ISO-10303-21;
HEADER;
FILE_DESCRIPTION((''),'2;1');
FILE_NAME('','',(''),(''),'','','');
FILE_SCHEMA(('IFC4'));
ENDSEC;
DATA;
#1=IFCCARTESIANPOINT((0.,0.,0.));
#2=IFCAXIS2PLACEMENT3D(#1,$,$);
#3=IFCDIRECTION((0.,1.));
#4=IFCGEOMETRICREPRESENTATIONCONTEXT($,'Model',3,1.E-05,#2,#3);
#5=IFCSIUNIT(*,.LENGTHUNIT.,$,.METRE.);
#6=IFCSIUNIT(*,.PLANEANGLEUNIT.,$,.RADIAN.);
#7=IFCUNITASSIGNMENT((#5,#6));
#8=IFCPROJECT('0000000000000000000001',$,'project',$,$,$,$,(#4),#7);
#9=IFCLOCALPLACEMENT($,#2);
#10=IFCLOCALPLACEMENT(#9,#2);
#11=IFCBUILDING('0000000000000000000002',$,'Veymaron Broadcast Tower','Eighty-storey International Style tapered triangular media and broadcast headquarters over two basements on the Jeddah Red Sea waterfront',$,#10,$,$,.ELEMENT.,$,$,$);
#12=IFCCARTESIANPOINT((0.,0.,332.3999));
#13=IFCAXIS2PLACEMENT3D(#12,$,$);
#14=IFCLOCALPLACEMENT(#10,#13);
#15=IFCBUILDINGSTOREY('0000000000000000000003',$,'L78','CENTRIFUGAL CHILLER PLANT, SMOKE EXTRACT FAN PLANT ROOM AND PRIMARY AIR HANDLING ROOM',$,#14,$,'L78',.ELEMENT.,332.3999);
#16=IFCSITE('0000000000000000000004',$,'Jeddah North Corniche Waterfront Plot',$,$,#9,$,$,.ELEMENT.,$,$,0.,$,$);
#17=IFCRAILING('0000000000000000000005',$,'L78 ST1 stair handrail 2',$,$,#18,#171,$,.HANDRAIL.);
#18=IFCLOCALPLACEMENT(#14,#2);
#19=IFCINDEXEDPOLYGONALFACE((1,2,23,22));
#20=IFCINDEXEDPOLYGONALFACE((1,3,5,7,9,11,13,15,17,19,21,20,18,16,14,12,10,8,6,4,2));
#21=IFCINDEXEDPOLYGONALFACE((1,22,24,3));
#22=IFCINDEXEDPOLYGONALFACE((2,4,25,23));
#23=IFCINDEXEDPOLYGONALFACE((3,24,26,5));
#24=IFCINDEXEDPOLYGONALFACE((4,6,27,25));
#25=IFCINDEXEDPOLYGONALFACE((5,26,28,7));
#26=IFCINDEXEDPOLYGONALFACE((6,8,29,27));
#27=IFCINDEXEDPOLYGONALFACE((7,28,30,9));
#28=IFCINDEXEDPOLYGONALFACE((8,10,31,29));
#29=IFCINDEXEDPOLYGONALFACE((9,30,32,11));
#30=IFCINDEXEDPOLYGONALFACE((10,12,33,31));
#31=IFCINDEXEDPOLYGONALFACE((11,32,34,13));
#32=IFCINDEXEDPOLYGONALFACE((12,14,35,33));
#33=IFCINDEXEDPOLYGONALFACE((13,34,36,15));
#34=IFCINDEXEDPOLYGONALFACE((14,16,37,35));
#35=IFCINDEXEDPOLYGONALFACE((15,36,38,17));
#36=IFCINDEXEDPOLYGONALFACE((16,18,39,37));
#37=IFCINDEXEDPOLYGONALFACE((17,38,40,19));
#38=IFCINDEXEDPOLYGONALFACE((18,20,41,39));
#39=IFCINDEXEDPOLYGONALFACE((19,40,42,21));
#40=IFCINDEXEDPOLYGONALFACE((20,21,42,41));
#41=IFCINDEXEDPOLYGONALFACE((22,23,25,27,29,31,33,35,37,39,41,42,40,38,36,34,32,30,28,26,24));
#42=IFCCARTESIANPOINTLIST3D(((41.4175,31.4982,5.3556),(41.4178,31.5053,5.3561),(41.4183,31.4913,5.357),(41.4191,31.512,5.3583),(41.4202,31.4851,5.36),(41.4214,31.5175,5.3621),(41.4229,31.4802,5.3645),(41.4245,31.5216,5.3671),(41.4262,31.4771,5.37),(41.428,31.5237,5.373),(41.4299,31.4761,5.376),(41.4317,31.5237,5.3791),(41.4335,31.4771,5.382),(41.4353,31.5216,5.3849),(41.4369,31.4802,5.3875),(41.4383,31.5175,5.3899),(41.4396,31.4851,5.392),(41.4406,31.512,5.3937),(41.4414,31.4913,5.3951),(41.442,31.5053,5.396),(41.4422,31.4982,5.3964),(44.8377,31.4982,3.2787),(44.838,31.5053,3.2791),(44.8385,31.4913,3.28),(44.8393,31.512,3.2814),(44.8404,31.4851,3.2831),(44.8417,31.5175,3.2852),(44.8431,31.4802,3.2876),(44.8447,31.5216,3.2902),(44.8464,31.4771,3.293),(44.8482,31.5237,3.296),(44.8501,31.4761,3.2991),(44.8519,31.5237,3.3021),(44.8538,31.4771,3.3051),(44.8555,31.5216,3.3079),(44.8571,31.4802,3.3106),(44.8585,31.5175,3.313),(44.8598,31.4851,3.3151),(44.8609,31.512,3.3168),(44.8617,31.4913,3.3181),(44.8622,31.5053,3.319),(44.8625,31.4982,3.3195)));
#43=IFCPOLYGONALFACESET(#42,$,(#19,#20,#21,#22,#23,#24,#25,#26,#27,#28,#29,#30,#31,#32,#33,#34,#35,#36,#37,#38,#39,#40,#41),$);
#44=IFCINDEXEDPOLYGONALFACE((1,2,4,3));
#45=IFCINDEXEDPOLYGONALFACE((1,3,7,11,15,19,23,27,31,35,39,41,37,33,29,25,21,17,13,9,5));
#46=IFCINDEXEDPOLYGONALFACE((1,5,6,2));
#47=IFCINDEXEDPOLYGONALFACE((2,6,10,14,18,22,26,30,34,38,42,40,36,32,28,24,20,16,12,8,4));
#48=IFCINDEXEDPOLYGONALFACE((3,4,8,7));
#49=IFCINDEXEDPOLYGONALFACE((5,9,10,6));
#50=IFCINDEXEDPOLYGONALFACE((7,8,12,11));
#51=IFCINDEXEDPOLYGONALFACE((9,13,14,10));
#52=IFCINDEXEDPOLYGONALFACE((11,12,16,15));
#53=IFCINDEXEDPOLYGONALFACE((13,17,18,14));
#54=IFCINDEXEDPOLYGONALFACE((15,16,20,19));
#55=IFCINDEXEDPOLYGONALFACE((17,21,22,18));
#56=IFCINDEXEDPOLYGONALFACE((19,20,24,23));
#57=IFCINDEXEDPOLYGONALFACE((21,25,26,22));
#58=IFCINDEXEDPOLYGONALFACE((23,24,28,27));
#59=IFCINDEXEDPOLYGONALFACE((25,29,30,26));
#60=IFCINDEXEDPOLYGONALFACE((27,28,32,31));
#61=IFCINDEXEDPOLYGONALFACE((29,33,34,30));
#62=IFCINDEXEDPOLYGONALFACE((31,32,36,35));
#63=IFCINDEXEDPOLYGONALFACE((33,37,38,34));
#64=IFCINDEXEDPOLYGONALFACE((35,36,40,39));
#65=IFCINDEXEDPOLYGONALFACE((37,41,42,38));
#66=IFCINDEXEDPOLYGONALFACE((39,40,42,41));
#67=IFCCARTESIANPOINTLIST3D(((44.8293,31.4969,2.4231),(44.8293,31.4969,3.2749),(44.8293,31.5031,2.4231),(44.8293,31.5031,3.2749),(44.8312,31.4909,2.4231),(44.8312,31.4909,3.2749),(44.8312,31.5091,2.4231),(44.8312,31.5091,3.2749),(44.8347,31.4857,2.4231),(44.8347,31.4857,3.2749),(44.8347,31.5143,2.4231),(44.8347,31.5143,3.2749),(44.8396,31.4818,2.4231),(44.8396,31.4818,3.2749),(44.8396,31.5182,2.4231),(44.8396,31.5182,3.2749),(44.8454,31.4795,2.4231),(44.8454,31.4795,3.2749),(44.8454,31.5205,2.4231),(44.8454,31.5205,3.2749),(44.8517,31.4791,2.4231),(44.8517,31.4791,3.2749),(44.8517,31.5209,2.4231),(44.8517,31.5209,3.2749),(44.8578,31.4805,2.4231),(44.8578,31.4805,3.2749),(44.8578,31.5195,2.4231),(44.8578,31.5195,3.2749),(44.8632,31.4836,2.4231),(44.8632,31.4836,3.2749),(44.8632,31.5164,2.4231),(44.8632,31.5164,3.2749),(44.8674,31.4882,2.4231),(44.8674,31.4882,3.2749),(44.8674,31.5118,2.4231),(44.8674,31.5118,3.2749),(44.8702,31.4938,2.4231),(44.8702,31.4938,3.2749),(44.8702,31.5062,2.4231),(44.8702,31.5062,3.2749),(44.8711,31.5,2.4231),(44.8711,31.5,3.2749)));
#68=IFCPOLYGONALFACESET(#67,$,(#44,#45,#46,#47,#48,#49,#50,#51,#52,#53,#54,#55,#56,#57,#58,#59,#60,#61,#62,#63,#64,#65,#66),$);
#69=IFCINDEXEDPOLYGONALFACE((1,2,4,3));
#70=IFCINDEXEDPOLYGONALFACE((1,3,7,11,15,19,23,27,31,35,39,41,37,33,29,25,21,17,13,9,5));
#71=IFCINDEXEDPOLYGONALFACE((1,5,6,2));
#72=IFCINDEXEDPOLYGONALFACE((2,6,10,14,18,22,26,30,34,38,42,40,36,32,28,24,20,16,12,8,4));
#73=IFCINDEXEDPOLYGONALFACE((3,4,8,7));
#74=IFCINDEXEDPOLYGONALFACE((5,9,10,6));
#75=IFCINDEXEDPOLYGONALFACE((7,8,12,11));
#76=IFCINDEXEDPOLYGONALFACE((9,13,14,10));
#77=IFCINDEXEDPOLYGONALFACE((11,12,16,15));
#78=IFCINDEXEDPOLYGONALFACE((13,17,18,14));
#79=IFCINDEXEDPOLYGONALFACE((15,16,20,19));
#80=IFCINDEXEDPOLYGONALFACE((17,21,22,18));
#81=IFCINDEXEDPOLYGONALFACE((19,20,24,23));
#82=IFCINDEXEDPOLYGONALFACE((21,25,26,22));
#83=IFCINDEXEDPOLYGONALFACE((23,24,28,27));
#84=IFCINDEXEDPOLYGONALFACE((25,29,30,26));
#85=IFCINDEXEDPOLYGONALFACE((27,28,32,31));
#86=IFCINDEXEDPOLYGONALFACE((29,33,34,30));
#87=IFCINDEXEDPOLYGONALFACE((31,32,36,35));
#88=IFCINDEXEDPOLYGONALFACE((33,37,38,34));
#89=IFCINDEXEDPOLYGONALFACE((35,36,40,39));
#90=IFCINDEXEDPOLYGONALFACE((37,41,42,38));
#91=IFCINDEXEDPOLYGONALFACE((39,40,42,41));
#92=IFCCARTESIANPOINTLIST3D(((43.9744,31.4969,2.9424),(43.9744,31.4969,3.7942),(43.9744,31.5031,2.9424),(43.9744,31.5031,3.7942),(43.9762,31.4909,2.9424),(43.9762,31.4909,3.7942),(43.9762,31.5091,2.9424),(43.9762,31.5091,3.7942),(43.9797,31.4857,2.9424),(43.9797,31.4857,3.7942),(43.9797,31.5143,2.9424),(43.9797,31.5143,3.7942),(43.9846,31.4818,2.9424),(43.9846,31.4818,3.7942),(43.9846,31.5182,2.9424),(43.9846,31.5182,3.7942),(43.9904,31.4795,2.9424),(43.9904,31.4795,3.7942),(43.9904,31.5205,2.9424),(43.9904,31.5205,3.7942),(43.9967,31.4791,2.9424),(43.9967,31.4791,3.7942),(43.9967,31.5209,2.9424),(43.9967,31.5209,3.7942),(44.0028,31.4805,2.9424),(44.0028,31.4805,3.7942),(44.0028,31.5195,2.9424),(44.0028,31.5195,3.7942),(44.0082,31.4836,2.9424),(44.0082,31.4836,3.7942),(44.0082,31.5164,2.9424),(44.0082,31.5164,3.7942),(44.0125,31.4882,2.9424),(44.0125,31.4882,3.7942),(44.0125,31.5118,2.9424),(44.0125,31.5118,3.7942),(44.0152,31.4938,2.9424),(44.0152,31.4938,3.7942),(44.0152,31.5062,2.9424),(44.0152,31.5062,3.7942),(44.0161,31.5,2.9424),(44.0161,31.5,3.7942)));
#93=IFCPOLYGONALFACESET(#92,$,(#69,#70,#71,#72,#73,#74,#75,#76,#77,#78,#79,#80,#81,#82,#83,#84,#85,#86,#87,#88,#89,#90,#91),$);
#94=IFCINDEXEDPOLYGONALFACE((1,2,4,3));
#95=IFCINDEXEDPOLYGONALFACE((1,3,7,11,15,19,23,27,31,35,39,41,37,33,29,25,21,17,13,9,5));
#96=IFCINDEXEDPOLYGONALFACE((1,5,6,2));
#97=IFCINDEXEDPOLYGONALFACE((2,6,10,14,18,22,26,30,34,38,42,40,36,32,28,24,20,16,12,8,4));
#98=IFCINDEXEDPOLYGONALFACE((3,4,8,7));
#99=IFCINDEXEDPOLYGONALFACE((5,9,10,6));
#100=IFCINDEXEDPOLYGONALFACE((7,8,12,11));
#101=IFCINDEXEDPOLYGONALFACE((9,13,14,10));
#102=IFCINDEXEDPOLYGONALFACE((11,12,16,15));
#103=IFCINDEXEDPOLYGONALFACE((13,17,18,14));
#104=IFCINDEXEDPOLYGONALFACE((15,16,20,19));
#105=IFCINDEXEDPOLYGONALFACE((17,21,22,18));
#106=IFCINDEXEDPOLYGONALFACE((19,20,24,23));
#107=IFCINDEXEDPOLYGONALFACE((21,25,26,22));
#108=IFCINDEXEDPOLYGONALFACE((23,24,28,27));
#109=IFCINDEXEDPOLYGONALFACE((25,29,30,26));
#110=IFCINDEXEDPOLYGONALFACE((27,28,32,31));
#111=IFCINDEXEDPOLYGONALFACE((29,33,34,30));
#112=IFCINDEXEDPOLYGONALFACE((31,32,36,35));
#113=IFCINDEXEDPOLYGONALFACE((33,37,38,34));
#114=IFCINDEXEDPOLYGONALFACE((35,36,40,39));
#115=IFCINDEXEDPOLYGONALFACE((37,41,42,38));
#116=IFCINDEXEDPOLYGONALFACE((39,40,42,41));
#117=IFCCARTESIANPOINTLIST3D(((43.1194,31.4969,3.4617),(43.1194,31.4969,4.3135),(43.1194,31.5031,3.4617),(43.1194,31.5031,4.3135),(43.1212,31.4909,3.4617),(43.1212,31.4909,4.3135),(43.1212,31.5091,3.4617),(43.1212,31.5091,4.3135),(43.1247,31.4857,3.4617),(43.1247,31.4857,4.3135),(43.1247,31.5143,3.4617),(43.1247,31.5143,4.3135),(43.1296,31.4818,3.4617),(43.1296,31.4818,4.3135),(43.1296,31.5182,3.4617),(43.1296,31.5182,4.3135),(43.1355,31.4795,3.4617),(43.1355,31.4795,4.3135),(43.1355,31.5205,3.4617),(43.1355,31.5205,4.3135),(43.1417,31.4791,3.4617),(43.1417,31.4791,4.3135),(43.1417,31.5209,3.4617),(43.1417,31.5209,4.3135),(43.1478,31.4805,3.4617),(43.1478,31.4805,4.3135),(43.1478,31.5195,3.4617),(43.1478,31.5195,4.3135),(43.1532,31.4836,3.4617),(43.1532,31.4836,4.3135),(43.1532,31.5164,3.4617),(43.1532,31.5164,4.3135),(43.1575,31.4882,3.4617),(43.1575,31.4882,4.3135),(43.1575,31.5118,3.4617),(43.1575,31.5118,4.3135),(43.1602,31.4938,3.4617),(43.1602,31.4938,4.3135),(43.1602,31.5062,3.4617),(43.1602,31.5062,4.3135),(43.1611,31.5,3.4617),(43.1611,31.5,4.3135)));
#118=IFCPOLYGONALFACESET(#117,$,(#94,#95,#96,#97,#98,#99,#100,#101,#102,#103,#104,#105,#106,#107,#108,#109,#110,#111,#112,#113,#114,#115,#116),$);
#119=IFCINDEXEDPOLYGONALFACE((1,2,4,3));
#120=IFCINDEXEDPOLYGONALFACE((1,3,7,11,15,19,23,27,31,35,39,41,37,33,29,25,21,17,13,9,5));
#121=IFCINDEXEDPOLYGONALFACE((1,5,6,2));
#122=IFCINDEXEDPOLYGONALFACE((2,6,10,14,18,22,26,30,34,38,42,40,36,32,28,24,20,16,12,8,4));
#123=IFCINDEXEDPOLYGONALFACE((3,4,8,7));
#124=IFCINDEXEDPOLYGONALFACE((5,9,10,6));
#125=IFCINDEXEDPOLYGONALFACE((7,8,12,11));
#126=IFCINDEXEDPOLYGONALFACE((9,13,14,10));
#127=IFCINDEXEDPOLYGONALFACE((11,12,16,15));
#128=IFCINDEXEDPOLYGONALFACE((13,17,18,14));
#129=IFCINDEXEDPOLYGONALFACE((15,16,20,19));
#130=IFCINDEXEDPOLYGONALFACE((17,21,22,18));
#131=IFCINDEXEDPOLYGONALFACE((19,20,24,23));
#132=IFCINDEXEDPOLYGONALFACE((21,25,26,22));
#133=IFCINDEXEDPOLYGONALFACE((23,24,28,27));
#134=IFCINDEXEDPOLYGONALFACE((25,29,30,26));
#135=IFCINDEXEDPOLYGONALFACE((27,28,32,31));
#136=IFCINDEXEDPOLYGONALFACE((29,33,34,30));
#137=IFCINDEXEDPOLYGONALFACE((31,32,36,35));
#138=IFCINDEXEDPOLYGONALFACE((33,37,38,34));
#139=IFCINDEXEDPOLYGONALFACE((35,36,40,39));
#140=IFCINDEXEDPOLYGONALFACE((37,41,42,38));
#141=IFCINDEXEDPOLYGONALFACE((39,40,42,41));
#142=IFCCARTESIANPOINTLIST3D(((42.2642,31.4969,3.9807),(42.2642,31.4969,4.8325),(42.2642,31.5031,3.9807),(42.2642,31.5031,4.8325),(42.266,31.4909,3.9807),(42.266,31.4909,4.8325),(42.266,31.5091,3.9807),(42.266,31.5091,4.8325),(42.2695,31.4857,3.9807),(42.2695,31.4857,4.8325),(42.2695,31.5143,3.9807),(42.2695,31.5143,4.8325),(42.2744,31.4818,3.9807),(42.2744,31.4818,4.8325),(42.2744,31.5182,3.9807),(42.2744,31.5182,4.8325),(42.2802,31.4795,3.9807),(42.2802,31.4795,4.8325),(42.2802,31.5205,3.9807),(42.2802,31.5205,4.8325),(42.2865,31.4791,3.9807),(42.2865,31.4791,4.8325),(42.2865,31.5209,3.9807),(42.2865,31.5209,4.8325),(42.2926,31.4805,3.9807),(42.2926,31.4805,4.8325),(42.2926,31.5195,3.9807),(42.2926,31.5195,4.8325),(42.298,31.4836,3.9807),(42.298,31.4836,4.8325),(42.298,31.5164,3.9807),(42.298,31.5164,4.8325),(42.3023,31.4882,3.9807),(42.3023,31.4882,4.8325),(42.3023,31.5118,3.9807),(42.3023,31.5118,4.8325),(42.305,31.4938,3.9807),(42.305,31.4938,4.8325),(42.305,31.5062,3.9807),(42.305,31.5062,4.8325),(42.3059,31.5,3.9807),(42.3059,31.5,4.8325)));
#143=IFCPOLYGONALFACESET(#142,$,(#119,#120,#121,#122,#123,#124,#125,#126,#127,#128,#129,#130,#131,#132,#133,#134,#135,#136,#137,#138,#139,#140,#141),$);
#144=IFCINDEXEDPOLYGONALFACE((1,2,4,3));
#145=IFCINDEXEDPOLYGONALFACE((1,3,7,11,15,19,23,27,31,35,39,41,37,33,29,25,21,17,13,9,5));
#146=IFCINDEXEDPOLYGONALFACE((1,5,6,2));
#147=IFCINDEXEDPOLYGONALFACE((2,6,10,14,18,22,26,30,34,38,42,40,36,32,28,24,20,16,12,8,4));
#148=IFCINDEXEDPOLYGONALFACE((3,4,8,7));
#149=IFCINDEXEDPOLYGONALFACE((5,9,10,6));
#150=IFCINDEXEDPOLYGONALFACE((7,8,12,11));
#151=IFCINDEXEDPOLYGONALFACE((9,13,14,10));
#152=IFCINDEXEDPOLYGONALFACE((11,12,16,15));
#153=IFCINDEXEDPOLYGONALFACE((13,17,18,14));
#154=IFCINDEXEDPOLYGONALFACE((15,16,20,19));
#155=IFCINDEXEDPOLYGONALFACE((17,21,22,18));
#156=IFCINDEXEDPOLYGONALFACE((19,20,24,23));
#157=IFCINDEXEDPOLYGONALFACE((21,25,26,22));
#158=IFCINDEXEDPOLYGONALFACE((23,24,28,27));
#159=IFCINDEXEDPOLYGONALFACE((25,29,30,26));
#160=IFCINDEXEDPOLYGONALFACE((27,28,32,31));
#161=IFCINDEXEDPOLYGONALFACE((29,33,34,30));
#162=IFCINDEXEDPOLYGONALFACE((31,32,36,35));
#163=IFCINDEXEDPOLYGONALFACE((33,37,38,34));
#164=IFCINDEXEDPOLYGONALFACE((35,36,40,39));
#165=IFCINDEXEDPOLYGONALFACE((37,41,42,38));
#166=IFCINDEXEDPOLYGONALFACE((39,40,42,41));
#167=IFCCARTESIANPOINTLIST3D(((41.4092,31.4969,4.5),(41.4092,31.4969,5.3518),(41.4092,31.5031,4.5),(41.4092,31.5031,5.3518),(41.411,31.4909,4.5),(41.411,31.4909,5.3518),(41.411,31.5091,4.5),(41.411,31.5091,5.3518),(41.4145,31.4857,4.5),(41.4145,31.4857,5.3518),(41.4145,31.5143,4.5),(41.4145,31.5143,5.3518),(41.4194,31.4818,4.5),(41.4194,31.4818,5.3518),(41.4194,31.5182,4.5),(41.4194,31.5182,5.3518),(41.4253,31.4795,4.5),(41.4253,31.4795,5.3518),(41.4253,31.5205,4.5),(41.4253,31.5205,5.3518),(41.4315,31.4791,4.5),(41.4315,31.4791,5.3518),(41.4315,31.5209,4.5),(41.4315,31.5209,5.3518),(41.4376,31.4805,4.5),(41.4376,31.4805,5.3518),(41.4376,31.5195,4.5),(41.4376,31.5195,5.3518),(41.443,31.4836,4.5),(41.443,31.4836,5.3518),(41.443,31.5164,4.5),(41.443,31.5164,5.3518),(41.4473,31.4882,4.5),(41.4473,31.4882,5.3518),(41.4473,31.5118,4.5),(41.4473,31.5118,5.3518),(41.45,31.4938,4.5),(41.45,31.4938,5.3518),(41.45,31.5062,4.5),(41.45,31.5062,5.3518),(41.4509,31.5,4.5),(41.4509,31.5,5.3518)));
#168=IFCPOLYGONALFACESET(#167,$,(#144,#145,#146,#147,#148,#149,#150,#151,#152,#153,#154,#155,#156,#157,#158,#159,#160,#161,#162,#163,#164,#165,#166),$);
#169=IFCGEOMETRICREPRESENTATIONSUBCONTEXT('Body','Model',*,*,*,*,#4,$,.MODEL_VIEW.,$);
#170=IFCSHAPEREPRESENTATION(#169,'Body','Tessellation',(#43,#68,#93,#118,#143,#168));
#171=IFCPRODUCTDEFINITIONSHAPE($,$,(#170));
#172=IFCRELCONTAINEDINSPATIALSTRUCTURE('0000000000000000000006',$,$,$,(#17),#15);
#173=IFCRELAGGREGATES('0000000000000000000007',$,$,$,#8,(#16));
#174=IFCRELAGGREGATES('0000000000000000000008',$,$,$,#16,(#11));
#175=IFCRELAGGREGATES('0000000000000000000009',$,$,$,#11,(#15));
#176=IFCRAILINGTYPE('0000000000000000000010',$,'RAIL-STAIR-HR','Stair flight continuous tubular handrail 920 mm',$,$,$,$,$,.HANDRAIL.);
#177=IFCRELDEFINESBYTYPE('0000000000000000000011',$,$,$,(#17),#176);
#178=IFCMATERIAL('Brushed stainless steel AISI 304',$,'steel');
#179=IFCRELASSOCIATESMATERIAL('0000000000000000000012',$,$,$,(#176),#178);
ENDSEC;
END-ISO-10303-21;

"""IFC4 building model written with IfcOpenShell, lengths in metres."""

from ifc_helpers import new_model, si_unit, direction, frame, origin, origin_2d, place, context, subcontext, project, spatial, circle, extrude, material, type_object, element, save


model = new_model("IFC4")

# Units and contexts
model_context = context("Model", 3, precision=1e-05, world=origin(), true_north=direction((0.0, 1.0)))
body_context = subcontext(model_context, "Body", "Model", "MODEL_VIEW")
ifc_project = project(units=[si_unit("LENGTHUNIT", "METRE"), si_unit("PLANEANGLEUNIT", "RADIAN")], contexts=[model_context])

# Site, building, storey
site_placement = place(None, origin())
site = spatial("IfcSite", under=ifc_project, at=site_placement, Name="Jeddah North Corniche Waterfront Plot", CompositionType="ELEMENT", RefElevation=0.0)
building_placement = place(site_placement, origin())
building = spatial("IfcBuilding", under=site, at=building_placement, Name="Veymaron Broadcast Tower", Description="Eighty-storey International Style tapered triangular media and broadcast headquarters over two basements on the Jeddah Red Sea waterfront", CompositionType="ELEMENT")
storey_placement = place(building_placement, frame((0.0, 0.0, 332.3999)))
storey = spatial("IfcBuildingStorey", under=building, at=storey_placement, Name="L78", Description="CENTRIFUGAL CHILLER PLANT, SMOKE EXTRACT FAN PLANT ROOM AND PRIMARY AIR HANDLING ROOM", LongName="L78", CompositionType="ELEMENT", Elevation=332.3999)

# Shared definitions
ifc_material_1 = material(Name="Brushed stainless steel AISI 304", Category="steel")

# Railing
railing_type_1 = type_object("IfcRailingType", Name="RAIL-STAIR-HR", Description="Stair flight continuous tubular handrail 920 mm", PredefinedType="HANDRAIL", material=ifc_material_1)
railing_1_placement = place(storey_placement, frame((44.8501, 31.5, 2.4231)))
element("IfcRailing", 1, at=railing_1_placement, inside=storey, type_object=railing_type_1, Name="L78 ST1 stair handrail 2", PredefinedType="HANDRAIL", context=body_context, shape_type="SweptSolid", body=[
    extrude(circle(Radius=0.0239, at=origin_2d()), frame((0.0, 0.0, 0.876), z_axis=(-0.854746, 0.0, 0.519047), x_axis=(0.0, -1.0, 0.0)), (0.0, 0.0, 1.0), 4.0015),
    extrude(circle(Radius=0.021, at=origin_2d()), origin(), (0.0, 0.0, 1.0), 0.8518),
    extrude(circle(Radius=0.021, at=origin_2d()), frame((-0.855, 0.0, 0.5193)), (0.0, 0.0, 1.0), 0.8518),
    extrude(circle(Radius=0.021, at=origin_2d()), frame((-1.71, 0.0, 1.0386)), (0.0, 0.0, 1.0), 0.8518),
    extrude(circle(Radius=0.021, at=origin_2d()), frame((-2.5652, 0.0, 1.5576)), (0.0, 0.0, 1.0), 0.8518),
    extrude(circle(Radius=0.021, at=origin_2d()), frame((-3.4202, 0.0, 2.0769)), (0.0, 0.0, 1.0), 0.8518),
])

save(model, "model.ifc")
